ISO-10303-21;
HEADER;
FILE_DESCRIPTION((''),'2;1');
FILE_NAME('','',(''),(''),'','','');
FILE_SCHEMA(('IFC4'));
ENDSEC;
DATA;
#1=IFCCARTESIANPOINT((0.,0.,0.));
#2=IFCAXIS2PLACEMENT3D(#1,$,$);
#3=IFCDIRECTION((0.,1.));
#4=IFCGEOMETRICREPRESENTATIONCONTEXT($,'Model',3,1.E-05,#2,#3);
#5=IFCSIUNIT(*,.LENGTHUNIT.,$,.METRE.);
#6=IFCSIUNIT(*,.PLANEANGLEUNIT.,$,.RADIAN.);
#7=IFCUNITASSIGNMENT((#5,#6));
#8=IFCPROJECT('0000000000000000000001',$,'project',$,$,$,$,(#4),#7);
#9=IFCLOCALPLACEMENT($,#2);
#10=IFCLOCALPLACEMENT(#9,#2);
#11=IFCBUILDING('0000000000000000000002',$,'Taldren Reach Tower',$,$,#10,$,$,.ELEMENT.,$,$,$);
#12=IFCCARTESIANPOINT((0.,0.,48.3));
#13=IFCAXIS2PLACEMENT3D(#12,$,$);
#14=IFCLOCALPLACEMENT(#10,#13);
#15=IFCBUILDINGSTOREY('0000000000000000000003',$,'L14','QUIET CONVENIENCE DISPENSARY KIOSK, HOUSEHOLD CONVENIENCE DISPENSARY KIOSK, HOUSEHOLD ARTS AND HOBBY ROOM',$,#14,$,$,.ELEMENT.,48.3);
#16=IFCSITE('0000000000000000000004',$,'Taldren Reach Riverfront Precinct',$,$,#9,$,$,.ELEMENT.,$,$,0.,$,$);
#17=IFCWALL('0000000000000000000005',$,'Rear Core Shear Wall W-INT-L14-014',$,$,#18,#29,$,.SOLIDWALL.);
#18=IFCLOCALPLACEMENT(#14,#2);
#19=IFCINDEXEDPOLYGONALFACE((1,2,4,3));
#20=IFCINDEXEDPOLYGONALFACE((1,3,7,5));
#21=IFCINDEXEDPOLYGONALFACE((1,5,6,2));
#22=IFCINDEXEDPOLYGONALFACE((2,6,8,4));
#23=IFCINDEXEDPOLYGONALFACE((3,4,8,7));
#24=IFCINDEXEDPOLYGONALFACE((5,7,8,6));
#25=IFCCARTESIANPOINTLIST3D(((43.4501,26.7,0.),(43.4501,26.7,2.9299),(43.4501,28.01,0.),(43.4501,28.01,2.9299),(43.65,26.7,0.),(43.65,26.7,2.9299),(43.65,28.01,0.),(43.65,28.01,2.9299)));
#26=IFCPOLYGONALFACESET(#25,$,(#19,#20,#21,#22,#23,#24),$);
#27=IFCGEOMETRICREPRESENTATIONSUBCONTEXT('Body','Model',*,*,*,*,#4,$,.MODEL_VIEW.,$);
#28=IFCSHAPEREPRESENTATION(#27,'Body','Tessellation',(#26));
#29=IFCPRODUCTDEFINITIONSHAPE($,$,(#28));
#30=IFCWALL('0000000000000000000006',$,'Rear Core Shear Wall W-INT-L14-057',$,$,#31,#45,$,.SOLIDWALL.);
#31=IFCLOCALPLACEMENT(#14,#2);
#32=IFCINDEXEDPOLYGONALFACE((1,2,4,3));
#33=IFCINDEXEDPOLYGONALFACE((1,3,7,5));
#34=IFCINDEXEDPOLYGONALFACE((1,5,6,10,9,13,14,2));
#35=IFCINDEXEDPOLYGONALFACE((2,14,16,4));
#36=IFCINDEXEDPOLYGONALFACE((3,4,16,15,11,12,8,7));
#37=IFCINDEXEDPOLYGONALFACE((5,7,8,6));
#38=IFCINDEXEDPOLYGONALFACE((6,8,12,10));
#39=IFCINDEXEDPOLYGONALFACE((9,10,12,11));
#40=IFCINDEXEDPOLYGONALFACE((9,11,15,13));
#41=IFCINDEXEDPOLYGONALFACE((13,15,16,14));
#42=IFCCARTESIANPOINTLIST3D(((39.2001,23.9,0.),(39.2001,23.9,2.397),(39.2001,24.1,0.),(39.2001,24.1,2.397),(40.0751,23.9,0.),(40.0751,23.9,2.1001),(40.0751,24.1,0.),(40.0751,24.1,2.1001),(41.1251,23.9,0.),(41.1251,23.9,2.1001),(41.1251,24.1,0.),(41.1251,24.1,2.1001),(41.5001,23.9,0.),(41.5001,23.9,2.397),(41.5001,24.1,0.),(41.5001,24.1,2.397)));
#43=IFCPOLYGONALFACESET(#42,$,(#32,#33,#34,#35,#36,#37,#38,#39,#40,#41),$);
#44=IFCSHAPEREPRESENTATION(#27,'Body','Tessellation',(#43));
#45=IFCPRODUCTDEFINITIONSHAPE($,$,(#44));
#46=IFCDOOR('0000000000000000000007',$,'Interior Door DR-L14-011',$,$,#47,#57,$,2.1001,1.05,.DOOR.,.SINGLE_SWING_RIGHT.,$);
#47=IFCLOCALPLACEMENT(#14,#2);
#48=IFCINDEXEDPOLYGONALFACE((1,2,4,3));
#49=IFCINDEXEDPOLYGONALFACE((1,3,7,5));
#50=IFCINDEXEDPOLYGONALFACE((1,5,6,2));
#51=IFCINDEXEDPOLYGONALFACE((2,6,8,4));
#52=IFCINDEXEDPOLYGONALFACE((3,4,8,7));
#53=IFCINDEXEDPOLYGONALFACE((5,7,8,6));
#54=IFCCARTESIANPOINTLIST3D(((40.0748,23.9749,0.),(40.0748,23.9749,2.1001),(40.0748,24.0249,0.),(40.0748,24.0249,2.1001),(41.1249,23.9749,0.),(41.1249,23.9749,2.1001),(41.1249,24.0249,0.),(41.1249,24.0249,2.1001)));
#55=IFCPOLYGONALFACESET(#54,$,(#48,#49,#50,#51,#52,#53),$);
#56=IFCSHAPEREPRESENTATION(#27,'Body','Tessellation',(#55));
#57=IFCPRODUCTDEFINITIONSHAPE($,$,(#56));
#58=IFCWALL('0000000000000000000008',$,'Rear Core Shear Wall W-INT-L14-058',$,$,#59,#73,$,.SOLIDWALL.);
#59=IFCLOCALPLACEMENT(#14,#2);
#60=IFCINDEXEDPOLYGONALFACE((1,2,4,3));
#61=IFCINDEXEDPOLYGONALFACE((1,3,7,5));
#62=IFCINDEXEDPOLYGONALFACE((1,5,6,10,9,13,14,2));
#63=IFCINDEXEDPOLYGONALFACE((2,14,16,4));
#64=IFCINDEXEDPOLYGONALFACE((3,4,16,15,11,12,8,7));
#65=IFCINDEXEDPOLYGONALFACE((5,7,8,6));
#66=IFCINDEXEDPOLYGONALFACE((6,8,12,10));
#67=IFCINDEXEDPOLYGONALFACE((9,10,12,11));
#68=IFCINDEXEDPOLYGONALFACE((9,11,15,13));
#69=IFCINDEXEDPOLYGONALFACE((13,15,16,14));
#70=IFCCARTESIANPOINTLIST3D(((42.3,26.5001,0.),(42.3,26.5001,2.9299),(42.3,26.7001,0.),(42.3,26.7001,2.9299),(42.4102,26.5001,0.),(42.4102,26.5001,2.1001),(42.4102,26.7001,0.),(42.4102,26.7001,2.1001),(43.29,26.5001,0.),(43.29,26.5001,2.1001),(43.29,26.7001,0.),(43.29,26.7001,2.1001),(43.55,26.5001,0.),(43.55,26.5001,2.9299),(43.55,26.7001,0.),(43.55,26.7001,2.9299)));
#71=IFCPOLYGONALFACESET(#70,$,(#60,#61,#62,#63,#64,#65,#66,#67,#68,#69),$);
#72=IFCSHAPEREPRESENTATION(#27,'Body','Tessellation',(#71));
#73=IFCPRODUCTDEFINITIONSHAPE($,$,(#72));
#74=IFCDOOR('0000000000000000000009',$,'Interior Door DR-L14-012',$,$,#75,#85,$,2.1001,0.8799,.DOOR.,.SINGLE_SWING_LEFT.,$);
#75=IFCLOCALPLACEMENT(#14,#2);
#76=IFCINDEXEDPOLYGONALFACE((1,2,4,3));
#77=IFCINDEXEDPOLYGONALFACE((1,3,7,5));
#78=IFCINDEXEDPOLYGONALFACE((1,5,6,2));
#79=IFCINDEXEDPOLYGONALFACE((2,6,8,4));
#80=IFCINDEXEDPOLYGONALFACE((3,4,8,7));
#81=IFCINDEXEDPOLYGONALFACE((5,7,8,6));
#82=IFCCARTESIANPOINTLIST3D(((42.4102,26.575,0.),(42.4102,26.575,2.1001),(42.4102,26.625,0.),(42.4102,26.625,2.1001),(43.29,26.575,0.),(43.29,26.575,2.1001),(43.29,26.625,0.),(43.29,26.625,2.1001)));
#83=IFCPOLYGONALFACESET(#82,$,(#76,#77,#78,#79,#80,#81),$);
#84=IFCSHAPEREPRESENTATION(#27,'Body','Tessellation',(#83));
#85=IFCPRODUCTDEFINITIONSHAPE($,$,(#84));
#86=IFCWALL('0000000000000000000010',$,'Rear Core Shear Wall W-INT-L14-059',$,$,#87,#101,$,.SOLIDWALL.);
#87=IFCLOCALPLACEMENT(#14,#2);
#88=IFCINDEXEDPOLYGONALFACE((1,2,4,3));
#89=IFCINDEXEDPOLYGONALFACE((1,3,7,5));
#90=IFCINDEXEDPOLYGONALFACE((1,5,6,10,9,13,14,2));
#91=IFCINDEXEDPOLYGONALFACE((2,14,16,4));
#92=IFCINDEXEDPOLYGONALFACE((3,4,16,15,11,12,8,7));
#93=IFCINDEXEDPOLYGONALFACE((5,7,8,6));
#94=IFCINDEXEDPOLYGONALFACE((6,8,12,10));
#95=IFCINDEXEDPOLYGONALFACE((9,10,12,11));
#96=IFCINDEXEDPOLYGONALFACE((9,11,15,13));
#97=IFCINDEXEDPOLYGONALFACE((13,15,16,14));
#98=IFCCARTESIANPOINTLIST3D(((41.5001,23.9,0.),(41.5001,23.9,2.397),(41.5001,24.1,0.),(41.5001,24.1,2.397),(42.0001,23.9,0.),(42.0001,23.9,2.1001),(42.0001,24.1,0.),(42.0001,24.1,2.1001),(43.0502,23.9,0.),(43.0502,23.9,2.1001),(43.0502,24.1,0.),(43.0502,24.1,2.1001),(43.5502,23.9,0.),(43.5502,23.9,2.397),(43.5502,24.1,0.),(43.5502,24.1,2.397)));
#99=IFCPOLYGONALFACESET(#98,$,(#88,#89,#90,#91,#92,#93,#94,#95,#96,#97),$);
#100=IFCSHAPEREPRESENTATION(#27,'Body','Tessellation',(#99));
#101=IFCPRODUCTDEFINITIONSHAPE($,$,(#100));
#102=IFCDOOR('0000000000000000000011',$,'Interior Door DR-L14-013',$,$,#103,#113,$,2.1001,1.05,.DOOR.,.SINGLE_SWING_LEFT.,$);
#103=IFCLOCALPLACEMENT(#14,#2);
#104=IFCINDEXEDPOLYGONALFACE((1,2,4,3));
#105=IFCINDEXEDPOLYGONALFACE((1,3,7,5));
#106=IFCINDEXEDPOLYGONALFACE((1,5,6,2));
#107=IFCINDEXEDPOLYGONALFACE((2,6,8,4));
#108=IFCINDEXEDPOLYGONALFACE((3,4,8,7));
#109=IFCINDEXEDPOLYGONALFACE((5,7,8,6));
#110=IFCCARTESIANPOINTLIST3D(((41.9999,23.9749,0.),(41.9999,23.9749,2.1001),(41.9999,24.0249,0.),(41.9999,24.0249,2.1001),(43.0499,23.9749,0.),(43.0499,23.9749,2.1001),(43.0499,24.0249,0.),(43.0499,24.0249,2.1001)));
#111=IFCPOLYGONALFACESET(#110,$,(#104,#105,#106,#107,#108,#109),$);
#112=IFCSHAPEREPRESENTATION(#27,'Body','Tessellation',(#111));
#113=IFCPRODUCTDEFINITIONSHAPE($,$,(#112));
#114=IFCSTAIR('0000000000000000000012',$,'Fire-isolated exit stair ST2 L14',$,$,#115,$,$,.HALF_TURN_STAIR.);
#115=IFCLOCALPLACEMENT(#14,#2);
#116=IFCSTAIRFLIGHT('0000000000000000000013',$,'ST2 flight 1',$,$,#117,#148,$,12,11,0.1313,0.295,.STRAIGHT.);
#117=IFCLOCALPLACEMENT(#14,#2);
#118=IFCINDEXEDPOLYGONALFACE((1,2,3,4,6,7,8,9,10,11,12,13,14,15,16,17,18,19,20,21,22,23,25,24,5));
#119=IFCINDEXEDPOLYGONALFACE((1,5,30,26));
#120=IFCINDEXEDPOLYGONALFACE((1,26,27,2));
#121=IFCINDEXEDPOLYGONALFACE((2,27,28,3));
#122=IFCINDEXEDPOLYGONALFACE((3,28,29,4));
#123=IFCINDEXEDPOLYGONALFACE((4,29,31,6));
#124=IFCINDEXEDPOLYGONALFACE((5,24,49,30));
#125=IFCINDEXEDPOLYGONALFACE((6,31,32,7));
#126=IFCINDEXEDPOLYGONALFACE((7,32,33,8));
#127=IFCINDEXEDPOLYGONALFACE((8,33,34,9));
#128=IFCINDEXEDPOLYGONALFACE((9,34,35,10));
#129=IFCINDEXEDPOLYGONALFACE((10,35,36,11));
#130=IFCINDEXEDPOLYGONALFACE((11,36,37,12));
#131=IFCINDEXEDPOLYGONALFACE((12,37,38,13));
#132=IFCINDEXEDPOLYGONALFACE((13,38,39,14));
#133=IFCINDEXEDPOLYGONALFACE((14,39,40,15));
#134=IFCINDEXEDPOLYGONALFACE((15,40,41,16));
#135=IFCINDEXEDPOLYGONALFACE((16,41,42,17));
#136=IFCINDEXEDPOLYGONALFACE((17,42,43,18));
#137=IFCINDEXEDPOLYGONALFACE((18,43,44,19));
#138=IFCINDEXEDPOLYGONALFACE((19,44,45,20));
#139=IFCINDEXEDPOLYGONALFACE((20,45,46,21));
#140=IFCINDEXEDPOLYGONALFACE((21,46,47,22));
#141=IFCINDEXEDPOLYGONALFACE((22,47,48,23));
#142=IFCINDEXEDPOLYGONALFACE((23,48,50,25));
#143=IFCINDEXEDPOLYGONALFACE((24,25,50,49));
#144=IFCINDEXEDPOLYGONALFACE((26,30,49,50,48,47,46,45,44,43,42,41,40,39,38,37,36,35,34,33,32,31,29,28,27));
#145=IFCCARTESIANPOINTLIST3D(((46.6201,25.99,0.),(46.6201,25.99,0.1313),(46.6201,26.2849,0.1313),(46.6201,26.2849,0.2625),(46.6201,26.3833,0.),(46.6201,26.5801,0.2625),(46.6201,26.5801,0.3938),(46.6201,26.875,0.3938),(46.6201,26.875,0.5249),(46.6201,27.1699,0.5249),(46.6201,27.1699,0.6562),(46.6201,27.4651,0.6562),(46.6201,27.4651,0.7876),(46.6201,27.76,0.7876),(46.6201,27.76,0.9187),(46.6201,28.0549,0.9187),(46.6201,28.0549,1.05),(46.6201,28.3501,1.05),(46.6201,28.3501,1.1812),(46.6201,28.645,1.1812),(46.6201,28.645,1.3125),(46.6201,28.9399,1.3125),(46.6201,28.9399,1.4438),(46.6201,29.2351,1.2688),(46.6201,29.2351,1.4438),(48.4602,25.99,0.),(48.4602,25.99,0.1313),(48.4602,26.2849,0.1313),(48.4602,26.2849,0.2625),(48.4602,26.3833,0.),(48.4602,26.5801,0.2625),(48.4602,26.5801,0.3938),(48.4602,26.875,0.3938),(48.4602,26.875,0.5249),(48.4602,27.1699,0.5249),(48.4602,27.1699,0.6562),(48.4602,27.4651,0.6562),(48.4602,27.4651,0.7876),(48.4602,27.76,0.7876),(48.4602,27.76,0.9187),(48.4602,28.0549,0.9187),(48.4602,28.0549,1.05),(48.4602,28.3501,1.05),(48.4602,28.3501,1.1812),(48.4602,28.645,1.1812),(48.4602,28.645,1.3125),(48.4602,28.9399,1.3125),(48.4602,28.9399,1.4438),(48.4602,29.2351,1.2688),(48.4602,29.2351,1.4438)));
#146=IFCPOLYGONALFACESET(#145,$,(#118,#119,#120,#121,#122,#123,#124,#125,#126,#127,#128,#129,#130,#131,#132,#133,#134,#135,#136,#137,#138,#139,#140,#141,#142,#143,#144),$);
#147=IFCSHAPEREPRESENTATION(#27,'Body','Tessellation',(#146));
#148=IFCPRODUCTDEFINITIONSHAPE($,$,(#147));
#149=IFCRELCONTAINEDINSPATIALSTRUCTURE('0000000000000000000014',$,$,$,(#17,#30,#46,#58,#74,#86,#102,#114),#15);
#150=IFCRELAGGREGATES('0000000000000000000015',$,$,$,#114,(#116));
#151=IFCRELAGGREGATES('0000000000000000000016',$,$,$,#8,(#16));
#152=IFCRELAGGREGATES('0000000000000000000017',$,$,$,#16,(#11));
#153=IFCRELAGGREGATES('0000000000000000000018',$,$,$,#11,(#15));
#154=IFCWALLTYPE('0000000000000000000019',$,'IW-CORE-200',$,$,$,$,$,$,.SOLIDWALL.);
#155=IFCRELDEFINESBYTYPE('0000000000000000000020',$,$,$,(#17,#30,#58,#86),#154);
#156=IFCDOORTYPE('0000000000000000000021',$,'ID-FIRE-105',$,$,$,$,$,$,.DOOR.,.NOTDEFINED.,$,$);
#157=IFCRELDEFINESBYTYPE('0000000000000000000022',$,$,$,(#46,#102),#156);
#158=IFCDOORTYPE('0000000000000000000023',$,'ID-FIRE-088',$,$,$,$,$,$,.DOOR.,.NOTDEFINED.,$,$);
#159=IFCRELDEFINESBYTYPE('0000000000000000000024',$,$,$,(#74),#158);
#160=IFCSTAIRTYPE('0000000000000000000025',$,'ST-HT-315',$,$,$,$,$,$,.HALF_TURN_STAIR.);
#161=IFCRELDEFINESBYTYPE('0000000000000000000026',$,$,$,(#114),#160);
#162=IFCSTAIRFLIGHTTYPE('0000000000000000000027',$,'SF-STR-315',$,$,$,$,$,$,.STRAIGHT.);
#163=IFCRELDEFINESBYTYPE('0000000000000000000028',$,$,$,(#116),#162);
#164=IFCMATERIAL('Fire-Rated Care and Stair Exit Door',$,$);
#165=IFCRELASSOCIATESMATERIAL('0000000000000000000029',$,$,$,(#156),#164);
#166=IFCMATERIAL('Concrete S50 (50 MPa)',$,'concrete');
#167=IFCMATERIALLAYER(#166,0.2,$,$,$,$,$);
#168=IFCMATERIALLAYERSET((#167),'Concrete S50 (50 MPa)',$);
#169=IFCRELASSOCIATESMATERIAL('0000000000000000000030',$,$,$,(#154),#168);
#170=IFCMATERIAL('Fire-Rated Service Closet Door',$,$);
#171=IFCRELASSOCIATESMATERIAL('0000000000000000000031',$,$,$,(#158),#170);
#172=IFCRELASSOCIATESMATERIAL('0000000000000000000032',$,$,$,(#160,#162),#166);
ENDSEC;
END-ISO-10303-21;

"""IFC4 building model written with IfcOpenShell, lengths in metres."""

from ifc_helpers import new_model, si_unit, direction, frame, frame_2d, origin, place, context, subcontext, project, spatial, polyline, rectangle, outline, extrude, source, transform, mapped, material, layer, layer_set, type_object, element, fill, aggregate, save


model = new_model("IFC4")

# Units and contexts
model_context = context("Model", 3, precision=1e-05, world=origin(), true_north=direction((0.0, 1.0)))
body_context = subcontext(model_context, "Body", "Model", "MODEL_VIEW")
ifc_project = project(units=[si_unit("LENGTHUNIT", "METRE"), si_unit("PLANEANGLEUNIT", "RADIAN")], contexts=[model_context])

# Site, building, storey
site_placement = place(None, origin())
site = spatial("IfcSite", under=ifc_project, at=site_placement, Name="Taldren Reach Riverfront Precinct", CompositionType="ELEMENT", RefElevation=0.0)
building_placement = place(site_placement, origin())
building = spatial("IfcBuilding", under=site, at=building_placement, Name="Taldren Reach Tower", CompositionType="ELEMENT")
storey_placement = place(building_placement, frame((0.0, 0.0, 48.3)))
storey = spatial("IfcBuildingStorey", under=building, at=storey_placement, Name="L14", Description="QUIET CONVENIENCE DISPENSARY KIOSK, HOUSEHOLD CONVENIENCE DISPENSARY KIOSK, HOUSEHOLD ARTS AND HOBBY ROOM", CompositionType="ELEMENT", Elevation=48.3)

# Shared definitions
ifc_material_1 = material(Name="Fire-Rated Care and Stair Exit Door")
door_type_1 = type_object("IfcDoorType", Name="ID-FIRE-105", OperationType="NOTDEFINED", PredefinedType="DOOR", material=ifc_material_1)
shared_shape_1 = source(origin(), body_context, "Body", "SweptSolid", [
    extrude(rectangle(XDim=1.05, YDim=2.1001, at=frame_2d((0.5249, 1.05))), frame((0.0, 0.0249, 0.0), z_axis=(0.0, -1.0, 0.0), x_axis=(1.0, 0.0, 0.0)), (0.0, 0.0, 1.0), 0.05),
])

# Shared definitions
ifc_material_2 = material(Name="Concrete S50 (50 MPa)", Category="concrete")
ifc_layer_1 = layer(ifc_material_2, 0.2)
ifc_layer_set_1 = layer_set([ifc_layer_1], Name="Concrete S50 (50 MPa)")
wall_type_1 = type_object("IfcWallType", Name="IW-CORE-200", PredefinedType="SOLIDWALL", material=ifc_layer_set_1)
shared_shape_2 = source(origin(), body_context, "Body", "SweptSolid", [
    extrude(rectangle(XDim=1.05, YDim=2.1001, at=frame_2d((0.5249, 1.05))), frame((0.0, 0.1099, 0.0), z_axis=(0.0, -1.0, 0.0), x_axis=(1.0, 0.0, 0.0)), (0.0, 0.0, 1.0), 0.22),
])

# Wall
shared_shape_3 = source(origin(), body_context, "Body", "SweptSolid", [
    extrude(rectangle(XDim=1.3101, YDim=0.2, at=frame_2d((0.655, 0.0))), origin(), (0.0, 0.0, 1.0), 2.9299),
])
wall_1_placement = place(storey_placement, frame((43.55, 28.01, 0.0), z_axis=(0.0, 0.0, 1.0), x_axis=(0.0, -1.0, 0.0)))
element("IfcWall", 1, at=wall_1_placement, inside=storey, type_object=wall_type_1, Name="Rear Core Shear Wall W-INT-L14-014", PredefinedType="SOLIDWALL", context=body_context, shape_type="MappedRepresentation", body=[
    mapped(shared_shape_3, transform((0.0, 0.0, 0.0), scale=1.0)),
])

# Walls, openings, doors
shared_shape_4 = source(origin(), body_context, "Body", "SweptSolid", [
    extrude(rectangle(XDim=2.3, YDim=0.2, at=frame_2d((1.1499, 0.0))), origin(), (0.0, 0.0, 1.0), 2.397),
])
wall_2_placement = place(storey_placement, frame((41.5, 24.0, 0.0), z_axis=(0.0, 0.0, 1.0), x_axis=(-1.0, 0.0, 0.0)))
wall_2 = element("IfcWall", 2, at=wall_2_placement, inside=storey, type_object=wall_type_1, Name="Rear Core Shear Wall W-INT-L14-057", PredefinedType="SOLIDWALL", context=body_context, shape_type="MappedRepresentation", body=[
    mapped(shared_shape_4, transform((0.0, 0.0, 0.0), scale=1.0)),
])
opening_1_placement = place(wall_2_placement, frame((0.375, 0.0, 0.0)))
opening_1 = element("IfcOpeningElement", 3, at=opening_1_placement, cuts=wall_2, PredefinedType="OPENING", context=body_context, shape_type="MappedRepresentation", body=[
    mapped(shared_shape_2, transform((0.0, 0.0, 0.0), scale=1.0)),
])
door_1_placement = place(opening_1_placement, frame((1.05, 0.0, 0.0), z_axis=(0.0, 0.0, 1.0), x_axis=(-1.0, 0.0, 0.0)))
door_1 = element("IfcDoor", 4, at=door_1_placement, inside=storey, type_object=door_type_1, Name="Interior Door DR-L14-011", OperationType="SINGLE_SWING_RIGHT", OverallHeight=2.1001, OverallWidth=1.05, PredefinedType="DOOR", context=body_context, shape_type="MappedRepresentation", body=[
    mapped(shared_shape_1, transform((0.0, 0.0, 0.0), scale=1.0)),
])
fill(opening_1, door_1)
shared_shape_5 = source(origin(), body_context, "Body", "SweptSolid", [
    extrude(rectangle(XDim=1.25, YDim=0.2, at=frame_2d((0.625, 0.0))), origin(), (0.0, 0.0, 1.0), 2.9299),
])
wall_3_placement = place(storey_placement, frame((42.3, 26.6001, 0.0), z_axis=(0.0, 0.0, 1.0), x_axis=(1.0, 0.0, 0.0)))
wall_3 = element("IfcWall", 5, at=wall_3_placement, inside=storey, type_object=wall_type_1, Name="Rear Core Shear Wall W-INT-L14-058", PredefinedType="SOLIDWALL", context=body_context, shape_type="MappedRepresentation", body=[
    mapped(shared_shape_5, transform((0.0, 0.0, 0.0), scale=1.0)),
])
shared_shape_6 = source(origin(), body_context, "Body", "SweptSolid", [
    extrude(rectangle(XDim=0.8799, YDim=2.1001, at=frame_2d((0.4399, 1.05))), frame((0.0, 0.1099, 0.0), z_axis=(0.0, -1.0, 0.0), x_axis=(1.0, 0.0, 0.0)), (0.0, 0.0, 1.0), 0.22),
])
opening_2_placement = place(wall_3_placement, frame((0.1101, 0.0, 0.0)))
opening_2 = element("IfcOpeningElement", 6, at=opening_2_placement, cuts=wall_3, PredefinedType="OPENING", context=body_context, shape_type="MappedRepresentation", body=[
    mapped(shared_shape_6, transform((0.0, 0.0, 0.0), scale=1.0)),
])
ifc_material_3 = material(Name="Fire-Rated Service Closet Door")
door_type_2 = type_object("IfcDoorType", Name="ID-FIRE-088", OperationType="NOTDEFINED", PredefinedType="DOOR", material=ifc_material_3)
shared_shape_7 = source(origin(), body_context, "Body", "SweptSolid", [
    extrude(rectangle(XDim=0.8799, YDim=2.1001, at=frame_2d((0.4399, 1.05))), frame((0.0, 0.0249, 0.0), z_axis=(0.0, -1.0, 0.0), x_axis=(1.0, 0.0, 0.0)), (0.0, 0.0, 1.0), 0.05),
])
door_2_placement = place(opening_2_placement, origin())
door_2 = element("IfcDoor", 7, at=door_2_placement, inside=storey, type_object=door_type_2, Name="Interior Door DR-L14-012", OperationType="SINGLE_SWING_LEFT", OverallHeight=2.1001, OverallWidth=0.8799, PredefinedType="DOOR", context=body_context, shape_type="MappedRepresentation", body=[
    mapped(shared_shape_7, transform((0.0, 0.0, 0.0), scale=1.0)),
])
fill(opening_2, door_2)
shared_shape_8 = source(origin(), body_context, "Body", "SweptSolid", [
    extrude(rectangle(XDim=2.05, YDim=0.2, at=frame_2d((1.0249, 0.0))), origin(), (0.0, 0.0, 1.0), 2.397),
])
wall_4_placement = place(storey_placement, frame((43.55, 24.0, 0.0), z_axis=(0.0, 0.0, 1.0), x_axis=(-1.0, 0.0, 0.0)))
wall_4 = element("IfcWall", 8, at=wall_4_placement, inside=storey, type_object=wall_type_1, Name="Rear Core Shear Wall W-INT-L14-059", PredefinedType="SOLIDWALL", context=body_context, shape_type="MappedRepresentation", body=[
    mapped(shared_shape_8, transform((0.0, 0.0, 0.0), scale=1.0)),
])
opening_3_placement = place(wall_4_placement, frame((0.5, 0.0, 0.0)))
opening_3 = element("IfcOpeningElement", 9, at=opening_3_placement, cuts=wall_4, PredefinedType="OPENING", context=body_context, shape_type="MappedRepresentation", body=[
    mapped(shared_shape_2, transform((0.0, 0.0, 0.0), scale=1.0)),
])
door_3_placement = place(opening_3_placement, frame((1.05, 0.0, 0.0), z_axis=(0.0, 0.0, 1.0), x_axis=(-1.0, 0.0, 0.0)))
door_3 = element("IfcDoor", 10, at=door_3_placement, inside=storey, type_object=door_type_1, Name="Interior Door DR-L14-013", OperationType="SINGLE_SWING_LEFT", OverallHeight=2.1001, OverallWidth=1.05, PredefinedType="DOOR", context=body_context, shape_type="MappedRepresentation", body=[
    mapped(shared_shape_1, transform((0.0, 0.0, 0.0), scale=1.0)),
])
fill(opening_3, door_3)

# Stair, stair flight
stair_type = type_object("IfcStairType", Name="ST-HT-315", PredefinedType="HALF_TURN_STAIR", material=ifc_material_2)
stair_placement = place(storey_placement, origin())
stair = element("IfcStair", 11, at=stair_placement, inside=storey, type_object=stair_type, Name="Fire-isolated exit stair ST2 L14", PredefinedType="HALF_TURN_STAIR")
stair_flight_type = type_object("IfcStairFlightType", Name="SF-STR-315", PredefinedType="STRAIGHT", material=ifc_material_2)
stair_flight_placement = place(storey_placement, frame((47.54, 25.99, 0.0), z_axis=(0.0, 0.0, 1.0), x_axis=(0.0, 1.0, 0.0)))
stair_flight = element("IfcStairFlight", 12, at=stair_flight_placement, type_object=stair_flight_type, Name="ST2 flight 1", NumberOfRisers=12, NumberOfTreads=11, PredefinedType="STRAIGHT", RiserHeight=0.1313, TreadLength=0.295, context=body_context, shape_type="SweptSolid", body=[
    extrude(outline(polyline([(0.0, 0.0), (0.0, 0.1313), (0.2949, 0.1313), (0.2949, 0.2625), (0.5901, 0.2625), (0.5901, 0.3938), (0.885, 0.3938), (0.885, 0.5249), (1.1799, 0.5249), (1.1799, 0.6562), (1.4751, 0.6562), (1.4751, 0.7876), (1.77, 0.7876), (1.77, 0.9187), (2.0649, 0.9187), (2.0649, 1.05), (2.3601, 1.05), (2.3601, 1.1812), (2.655, 1.1812), (2.655, 1.3125), (2.95, 1.3125), (2.95, 1.4438), (3.2451, 1.4438), (3.2451, 1.575), (3.2451, 1.2688), (0.3933, 0.0), (0.0, 0.0)])), frame((0.0, 0.9199, 0.0), z_axis=(0.0, -1.0, 0.0), x_axis=(1.0, 0.0, 0.0)), (0.0, 0.0, 1.0), 1.8401),
])
aggregate(stair, [stair_flight])

save(model, "model.ifc")
